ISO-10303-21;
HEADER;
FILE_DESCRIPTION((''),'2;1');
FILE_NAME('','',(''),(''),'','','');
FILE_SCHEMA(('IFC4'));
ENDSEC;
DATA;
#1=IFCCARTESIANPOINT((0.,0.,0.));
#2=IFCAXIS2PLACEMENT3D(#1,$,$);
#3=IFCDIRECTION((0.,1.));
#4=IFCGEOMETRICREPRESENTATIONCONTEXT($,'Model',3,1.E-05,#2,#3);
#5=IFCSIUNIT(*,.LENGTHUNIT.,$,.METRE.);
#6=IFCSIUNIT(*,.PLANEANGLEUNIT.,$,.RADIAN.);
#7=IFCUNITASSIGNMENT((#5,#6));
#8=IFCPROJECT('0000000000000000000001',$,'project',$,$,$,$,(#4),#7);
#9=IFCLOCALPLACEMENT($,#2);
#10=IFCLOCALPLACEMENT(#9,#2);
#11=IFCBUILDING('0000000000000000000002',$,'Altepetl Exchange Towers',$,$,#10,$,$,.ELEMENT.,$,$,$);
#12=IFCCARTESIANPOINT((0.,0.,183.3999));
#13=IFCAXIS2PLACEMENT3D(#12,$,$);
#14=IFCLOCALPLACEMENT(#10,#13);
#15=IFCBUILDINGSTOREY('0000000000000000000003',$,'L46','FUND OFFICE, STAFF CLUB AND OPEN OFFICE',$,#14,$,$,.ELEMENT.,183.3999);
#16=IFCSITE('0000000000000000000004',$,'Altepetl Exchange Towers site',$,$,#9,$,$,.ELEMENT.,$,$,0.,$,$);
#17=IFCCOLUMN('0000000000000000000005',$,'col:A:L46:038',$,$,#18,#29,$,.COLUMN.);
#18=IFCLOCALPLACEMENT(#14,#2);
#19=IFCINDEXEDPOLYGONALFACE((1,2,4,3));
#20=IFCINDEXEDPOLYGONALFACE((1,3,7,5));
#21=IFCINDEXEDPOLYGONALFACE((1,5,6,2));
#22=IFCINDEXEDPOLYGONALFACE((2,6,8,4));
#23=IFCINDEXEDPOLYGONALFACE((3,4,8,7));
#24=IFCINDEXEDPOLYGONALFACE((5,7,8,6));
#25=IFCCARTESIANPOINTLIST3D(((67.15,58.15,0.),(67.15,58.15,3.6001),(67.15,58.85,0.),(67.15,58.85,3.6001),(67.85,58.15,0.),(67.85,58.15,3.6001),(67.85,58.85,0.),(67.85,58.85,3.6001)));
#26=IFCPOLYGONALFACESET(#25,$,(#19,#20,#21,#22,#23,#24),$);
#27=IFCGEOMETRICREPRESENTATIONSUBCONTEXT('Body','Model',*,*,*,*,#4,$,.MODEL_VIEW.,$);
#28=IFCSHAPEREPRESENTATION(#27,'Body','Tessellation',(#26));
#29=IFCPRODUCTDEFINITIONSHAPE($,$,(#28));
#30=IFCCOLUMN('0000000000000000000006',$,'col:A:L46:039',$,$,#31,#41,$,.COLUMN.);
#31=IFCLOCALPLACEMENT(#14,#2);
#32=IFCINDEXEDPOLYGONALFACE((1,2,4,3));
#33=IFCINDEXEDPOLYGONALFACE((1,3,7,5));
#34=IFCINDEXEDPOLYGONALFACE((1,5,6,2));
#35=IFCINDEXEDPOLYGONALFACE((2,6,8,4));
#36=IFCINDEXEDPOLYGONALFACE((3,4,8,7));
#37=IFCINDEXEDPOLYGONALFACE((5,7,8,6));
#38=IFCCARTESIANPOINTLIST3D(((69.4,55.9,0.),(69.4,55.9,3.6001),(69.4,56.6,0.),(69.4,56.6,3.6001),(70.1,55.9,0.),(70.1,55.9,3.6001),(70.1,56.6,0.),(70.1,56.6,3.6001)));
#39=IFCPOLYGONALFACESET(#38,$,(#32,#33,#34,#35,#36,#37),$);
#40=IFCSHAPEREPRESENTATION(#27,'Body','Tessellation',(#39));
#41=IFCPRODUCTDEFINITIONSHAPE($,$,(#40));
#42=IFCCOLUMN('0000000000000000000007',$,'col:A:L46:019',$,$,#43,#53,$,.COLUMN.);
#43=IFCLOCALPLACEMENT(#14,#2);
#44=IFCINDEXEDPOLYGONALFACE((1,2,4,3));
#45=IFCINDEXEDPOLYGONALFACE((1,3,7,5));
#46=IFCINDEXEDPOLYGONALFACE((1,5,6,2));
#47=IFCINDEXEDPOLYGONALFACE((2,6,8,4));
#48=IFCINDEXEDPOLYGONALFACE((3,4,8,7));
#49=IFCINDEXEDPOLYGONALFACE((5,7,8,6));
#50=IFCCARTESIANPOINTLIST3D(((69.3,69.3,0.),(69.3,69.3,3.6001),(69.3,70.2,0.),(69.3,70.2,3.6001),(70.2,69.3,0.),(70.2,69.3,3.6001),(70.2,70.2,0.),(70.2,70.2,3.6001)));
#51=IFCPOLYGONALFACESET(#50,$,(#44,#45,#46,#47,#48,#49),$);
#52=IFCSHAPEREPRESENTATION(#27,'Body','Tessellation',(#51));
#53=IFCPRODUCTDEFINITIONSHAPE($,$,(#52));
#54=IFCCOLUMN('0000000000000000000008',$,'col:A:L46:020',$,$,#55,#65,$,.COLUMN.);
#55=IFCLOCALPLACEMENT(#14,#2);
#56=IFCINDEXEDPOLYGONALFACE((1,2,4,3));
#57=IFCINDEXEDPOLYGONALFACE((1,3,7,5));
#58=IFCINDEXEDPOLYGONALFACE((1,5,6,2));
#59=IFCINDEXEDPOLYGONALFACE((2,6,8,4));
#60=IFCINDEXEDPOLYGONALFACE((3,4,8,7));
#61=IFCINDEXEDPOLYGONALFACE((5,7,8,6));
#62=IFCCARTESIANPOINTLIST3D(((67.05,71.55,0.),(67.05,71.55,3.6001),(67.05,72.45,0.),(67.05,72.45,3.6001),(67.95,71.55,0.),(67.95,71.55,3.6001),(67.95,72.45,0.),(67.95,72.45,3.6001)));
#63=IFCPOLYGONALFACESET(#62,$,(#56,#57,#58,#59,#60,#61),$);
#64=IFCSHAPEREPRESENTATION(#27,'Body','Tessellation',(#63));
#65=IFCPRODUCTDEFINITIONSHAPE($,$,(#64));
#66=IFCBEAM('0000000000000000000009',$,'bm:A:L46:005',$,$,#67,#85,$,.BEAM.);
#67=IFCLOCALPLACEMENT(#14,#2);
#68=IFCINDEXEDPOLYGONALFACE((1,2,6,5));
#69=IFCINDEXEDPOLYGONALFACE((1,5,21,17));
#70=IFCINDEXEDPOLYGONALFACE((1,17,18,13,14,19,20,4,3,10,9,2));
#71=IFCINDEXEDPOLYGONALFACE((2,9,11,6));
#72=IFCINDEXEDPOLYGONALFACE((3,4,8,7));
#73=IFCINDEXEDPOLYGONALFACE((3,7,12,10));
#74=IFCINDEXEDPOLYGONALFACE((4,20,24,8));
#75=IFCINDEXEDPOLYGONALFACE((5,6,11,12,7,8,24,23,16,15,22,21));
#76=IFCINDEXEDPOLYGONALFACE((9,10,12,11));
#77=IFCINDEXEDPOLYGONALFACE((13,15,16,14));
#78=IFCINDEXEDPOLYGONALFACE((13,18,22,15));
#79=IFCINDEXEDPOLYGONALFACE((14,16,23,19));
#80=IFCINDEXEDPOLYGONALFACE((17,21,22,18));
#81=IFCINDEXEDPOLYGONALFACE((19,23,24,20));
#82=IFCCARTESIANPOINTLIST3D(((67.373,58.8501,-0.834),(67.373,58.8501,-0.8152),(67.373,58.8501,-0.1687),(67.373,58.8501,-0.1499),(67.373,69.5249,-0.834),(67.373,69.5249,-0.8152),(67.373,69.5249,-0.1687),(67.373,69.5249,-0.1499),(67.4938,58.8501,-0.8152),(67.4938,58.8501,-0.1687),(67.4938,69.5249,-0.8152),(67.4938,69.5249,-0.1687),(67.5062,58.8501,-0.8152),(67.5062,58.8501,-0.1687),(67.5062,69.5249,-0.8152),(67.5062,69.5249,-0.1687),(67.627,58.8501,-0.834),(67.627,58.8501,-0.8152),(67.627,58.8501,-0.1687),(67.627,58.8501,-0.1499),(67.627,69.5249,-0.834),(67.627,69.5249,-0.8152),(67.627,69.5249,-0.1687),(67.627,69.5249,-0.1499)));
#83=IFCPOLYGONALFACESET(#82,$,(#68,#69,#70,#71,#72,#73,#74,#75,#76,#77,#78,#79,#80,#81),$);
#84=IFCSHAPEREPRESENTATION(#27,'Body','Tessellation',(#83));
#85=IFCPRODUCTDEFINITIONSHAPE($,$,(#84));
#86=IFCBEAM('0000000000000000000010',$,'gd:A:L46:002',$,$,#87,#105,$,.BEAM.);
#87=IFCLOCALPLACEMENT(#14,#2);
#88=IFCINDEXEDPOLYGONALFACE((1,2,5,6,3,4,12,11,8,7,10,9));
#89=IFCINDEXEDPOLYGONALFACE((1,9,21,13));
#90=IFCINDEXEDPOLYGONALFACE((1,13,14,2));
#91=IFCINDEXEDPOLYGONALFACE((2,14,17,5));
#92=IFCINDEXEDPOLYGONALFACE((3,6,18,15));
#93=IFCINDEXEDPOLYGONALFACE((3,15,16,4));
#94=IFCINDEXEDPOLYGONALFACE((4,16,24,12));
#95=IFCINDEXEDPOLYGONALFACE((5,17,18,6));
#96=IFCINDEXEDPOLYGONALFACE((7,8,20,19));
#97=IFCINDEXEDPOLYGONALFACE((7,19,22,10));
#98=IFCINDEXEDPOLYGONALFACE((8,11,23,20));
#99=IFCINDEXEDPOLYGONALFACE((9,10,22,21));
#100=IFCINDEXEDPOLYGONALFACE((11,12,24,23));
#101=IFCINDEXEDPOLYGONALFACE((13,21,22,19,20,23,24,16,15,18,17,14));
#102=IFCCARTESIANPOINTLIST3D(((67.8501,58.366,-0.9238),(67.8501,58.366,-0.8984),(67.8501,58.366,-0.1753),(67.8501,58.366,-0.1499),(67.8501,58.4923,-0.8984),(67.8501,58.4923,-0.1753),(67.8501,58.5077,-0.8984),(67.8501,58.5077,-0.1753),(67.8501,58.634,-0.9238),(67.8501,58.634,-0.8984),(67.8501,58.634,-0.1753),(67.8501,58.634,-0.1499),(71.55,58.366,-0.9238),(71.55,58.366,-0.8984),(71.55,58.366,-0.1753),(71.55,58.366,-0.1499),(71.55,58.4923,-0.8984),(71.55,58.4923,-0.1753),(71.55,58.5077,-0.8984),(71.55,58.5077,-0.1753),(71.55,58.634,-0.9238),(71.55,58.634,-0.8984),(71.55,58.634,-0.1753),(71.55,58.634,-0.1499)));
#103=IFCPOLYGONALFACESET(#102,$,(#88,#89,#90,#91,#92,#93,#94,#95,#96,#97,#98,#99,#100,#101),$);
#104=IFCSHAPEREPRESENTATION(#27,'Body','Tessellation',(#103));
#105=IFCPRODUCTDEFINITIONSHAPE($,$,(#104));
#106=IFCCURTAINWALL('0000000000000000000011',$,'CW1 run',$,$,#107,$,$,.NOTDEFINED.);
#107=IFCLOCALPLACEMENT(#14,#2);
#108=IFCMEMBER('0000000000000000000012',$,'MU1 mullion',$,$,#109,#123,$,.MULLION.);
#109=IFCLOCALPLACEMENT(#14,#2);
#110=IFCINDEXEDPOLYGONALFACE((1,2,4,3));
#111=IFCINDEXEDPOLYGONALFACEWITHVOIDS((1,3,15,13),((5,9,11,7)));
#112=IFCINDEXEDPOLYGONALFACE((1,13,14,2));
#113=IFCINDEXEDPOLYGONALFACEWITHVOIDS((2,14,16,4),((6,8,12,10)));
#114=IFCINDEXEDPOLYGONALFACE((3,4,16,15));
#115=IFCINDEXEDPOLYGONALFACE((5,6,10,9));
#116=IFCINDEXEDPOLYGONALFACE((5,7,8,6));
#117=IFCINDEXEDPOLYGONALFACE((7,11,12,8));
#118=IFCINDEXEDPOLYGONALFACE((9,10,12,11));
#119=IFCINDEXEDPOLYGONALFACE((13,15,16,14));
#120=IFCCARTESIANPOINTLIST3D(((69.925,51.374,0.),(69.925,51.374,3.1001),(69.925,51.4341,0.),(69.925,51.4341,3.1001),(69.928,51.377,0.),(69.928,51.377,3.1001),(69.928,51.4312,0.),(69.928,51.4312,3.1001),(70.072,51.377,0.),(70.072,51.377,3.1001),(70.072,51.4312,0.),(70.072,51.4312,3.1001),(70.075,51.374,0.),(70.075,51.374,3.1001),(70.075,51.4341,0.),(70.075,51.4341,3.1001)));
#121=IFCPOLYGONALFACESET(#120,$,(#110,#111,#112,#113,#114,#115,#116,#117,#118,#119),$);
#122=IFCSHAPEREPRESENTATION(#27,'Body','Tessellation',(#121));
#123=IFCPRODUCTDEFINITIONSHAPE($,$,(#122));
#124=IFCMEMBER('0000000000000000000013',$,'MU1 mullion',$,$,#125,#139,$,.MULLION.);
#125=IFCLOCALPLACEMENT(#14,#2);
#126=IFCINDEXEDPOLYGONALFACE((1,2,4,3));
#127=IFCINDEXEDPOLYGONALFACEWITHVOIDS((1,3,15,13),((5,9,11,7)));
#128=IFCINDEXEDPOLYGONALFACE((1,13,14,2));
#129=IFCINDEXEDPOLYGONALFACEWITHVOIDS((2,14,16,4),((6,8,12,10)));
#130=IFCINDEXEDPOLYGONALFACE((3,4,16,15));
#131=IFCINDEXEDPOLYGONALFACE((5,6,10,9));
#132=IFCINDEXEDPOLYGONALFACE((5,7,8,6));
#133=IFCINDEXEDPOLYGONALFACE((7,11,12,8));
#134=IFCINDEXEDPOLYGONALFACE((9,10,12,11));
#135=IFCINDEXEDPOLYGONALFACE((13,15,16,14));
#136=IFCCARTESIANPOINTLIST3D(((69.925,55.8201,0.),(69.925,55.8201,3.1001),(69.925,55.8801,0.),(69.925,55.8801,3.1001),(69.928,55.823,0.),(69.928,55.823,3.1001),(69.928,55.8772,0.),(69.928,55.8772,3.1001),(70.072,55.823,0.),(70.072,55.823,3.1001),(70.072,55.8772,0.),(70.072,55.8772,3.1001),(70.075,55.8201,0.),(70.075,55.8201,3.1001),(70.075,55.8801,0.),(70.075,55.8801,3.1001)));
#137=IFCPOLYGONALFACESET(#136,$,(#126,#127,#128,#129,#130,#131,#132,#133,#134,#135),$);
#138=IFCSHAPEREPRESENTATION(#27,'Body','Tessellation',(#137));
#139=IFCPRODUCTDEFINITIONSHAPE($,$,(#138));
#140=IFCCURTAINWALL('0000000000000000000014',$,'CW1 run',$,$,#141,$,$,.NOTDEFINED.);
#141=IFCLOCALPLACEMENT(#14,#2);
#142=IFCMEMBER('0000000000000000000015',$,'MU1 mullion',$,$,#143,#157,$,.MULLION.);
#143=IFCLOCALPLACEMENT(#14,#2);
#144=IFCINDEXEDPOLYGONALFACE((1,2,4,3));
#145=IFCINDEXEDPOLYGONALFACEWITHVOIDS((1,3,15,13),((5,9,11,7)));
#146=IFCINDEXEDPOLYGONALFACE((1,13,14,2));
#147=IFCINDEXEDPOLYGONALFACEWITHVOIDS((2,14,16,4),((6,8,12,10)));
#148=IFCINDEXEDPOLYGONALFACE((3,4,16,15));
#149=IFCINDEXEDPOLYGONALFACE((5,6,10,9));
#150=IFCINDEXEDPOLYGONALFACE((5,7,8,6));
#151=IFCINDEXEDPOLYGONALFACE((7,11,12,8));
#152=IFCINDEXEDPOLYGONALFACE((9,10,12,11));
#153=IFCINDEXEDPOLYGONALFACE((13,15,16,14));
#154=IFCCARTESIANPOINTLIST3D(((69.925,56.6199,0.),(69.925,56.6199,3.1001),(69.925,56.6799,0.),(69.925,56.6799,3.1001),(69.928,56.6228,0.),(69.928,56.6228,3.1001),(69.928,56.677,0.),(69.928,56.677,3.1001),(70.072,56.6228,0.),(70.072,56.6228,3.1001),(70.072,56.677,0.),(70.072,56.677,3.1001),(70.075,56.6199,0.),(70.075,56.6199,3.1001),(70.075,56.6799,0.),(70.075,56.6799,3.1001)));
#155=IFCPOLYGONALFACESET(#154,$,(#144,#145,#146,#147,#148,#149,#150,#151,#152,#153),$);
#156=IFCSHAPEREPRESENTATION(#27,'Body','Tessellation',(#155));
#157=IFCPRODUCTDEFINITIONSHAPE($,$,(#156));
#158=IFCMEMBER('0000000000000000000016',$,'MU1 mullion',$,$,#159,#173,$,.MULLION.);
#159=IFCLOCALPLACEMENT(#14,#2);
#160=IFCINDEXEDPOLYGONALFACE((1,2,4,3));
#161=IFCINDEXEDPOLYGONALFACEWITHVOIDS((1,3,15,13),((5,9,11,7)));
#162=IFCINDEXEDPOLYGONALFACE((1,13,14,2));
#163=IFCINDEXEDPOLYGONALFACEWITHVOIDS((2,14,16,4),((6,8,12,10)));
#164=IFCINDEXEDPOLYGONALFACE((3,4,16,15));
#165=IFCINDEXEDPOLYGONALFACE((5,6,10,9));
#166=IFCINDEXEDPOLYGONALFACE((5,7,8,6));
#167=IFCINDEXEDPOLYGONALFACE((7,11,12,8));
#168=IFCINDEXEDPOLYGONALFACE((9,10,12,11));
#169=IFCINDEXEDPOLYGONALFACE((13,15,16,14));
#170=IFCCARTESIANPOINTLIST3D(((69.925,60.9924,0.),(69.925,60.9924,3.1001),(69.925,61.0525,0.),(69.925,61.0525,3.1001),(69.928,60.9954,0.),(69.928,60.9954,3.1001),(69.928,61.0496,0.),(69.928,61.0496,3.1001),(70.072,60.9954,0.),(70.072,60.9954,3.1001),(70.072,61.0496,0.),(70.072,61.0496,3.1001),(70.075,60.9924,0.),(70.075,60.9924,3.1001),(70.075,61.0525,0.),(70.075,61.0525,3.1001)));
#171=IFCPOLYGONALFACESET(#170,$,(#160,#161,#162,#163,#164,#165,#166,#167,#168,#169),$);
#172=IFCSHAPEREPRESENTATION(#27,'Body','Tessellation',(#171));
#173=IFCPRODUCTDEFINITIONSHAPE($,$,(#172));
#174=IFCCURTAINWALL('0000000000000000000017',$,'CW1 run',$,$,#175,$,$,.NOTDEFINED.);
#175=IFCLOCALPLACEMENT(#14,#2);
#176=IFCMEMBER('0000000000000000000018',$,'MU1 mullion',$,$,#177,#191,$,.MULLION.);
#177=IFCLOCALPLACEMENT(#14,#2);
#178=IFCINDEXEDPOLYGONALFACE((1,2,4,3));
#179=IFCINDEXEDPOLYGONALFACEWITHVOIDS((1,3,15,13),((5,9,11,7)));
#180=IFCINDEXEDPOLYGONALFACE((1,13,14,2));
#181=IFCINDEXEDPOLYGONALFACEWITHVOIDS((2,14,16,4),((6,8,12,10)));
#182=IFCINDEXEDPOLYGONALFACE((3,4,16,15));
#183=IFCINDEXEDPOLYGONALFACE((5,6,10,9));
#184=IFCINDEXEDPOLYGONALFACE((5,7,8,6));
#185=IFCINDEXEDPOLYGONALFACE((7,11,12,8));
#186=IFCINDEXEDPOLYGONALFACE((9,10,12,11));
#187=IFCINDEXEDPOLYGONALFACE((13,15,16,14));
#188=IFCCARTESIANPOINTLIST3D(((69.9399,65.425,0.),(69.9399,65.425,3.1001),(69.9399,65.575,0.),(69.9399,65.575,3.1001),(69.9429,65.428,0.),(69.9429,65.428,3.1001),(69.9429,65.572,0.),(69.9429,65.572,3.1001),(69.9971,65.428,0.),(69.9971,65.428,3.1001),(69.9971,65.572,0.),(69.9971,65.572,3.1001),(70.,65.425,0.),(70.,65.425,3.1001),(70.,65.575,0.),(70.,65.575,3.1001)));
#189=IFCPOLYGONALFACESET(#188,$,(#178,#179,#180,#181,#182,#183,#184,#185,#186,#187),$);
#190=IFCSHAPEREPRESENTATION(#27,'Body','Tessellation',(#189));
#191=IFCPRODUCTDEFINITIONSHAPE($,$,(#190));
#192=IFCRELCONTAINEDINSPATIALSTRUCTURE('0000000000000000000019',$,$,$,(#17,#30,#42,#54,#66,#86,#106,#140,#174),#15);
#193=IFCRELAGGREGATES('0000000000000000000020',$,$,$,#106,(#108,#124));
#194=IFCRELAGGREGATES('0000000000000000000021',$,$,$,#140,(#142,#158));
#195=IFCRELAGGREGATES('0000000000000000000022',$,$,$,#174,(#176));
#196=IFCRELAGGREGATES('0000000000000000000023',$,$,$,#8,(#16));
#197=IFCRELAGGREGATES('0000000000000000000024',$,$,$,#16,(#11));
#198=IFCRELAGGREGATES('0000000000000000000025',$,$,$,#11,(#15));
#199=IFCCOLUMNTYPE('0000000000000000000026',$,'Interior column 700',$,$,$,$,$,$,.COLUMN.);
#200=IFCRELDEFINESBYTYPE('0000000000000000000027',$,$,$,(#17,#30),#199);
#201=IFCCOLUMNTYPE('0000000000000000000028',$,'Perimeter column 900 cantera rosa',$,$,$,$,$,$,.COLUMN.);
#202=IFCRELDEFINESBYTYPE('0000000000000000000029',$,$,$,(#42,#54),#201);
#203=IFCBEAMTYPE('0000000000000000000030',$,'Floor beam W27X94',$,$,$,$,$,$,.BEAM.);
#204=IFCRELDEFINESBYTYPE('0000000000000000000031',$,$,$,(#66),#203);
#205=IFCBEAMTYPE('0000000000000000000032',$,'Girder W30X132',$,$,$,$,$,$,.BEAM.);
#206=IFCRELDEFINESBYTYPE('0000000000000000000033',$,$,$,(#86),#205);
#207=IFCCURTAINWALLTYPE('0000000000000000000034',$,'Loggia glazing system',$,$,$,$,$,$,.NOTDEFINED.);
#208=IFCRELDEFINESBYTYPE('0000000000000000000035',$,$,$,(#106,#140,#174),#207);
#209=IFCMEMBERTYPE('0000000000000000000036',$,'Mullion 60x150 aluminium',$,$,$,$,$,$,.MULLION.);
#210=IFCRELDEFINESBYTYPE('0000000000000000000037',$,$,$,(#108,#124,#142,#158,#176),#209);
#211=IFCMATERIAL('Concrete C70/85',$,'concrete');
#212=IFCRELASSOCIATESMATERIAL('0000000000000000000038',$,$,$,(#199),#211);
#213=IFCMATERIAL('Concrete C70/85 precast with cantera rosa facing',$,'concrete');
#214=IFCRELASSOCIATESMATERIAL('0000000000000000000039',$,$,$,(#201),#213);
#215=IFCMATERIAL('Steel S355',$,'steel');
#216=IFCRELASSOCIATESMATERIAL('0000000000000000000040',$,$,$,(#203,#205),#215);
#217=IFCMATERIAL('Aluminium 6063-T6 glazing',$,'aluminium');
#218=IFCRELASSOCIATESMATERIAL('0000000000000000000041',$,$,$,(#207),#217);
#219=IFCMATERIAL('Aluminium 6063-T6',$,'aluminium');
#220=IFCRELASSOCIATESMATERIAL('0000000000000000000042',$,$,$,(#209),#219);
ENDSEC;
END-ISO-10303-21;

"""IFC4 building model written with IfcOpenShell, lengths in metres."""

from ifc_helpers import new_model, si_unit, direction, frame, origin, origin_2d, place, context, subcontext, project, spatial, rectangle, hollow_rectangle, i_section, extrude, material, material_profile, profile_set, type_object, element, aggregate, save


model = new_model("IFC4")

# Units and contexts
model_context = context("Model", 3, precision=1e-05, world=origin(), true_north=direction((0.0, 1.0)))
body_context = subcontext(model_context, "Body", "Model", "MODEL_VIEW")
ifc_project = project(units=[si_unit("LENGTHUNIT", "METRE"), si_unit("PLANEANGLEUNIT", "RADIAN")], contexts=[model_context])

# Site, building, storey
site_placement = place(None, origin())
site = spatial("IfcSite", under=ifc_project, at=site_placement, Name="Altepetl Exchange Towers site", CompositionType="ELEMENT", RefElevation=0.0)
building_placement = place(site_placement, origin())
building = spatial("IfcBuilding", under=site, at=building_placement, Name="Altepetl Exchange Towers", CompositionType="ELEMENT")
storey_placement = place(building_placement, frame((0.0, 0.0, 183.3999)))
storey = spatial("IfcBuildingStorey", under=building, at=storey_placement, Name="L46", Description="FUND OFFICE, STAFF CLUB AND OPEN OFFICE", CompositionType="ELEMENT", Elevation=183.3999)

# Columns
ifc_material_1 = material(Name="Concrete C70/85", Category="concrete")
ifc_material_profile_1 = material_profile(ifc_material_1, rectangle(XDim=0.7, YDim=0.7, at=origin_2d()), Name="700 x 700")
ifc_profile_set_1 = profile_set([ifc_material_profile_1], Name="Concrete C70/85")
column_type_1 = type_object("IfcColumnType", Name="Interior column 700", PredefinedType="COLUMN", material=ifc_profile_set_1)
for number, where, name in (
    (1, (67.5, 58.5, 0.0), "col:A:L46:038"),
    (2, (69.75, 56.25, 0.0), "col:A:L46:039"),
):
    element("IfcColumn", number, at=place(storey_placement, frame(where)), inside=storey, type_object=column_type_1, Name=name, PredefinedType="COLUMN", context=body_context, shape_type="SweptSolid", body=[
        extrude(rectangle(XDim=0.7, YDim=0.7, at=origin_2d()), origin(), (0.0, 0.0, 1.0), 3.6001),
    ])
ifc_material_2 = material(Name="Concrete C70/85 precast with cantera rosa facing", Category="concrete")
ifc_material_profile_2 = material_profile(ifc_material_2, rectangle(XDim=0.8999, YDim=0.8999, at=origin_2d()), Name="900 x 900")
ifc_profile_set_2 = profile_set([ifc_material_profile_2], Name="Concrete C70/85 precast with cantera rosa facing")
column_type_2 = type_object("IfcColumnType", Name="Perimeter column 900 cantera rosa", PredefinedType="COLUMN", material=ifc_profile_set_2)
for number, where, name in (
    (3, (69.75, 69.75, 0.0), "col:A:L46:019"),
    (4, (67.5, 72.0, 0.0), "col:A:L46:020"),
):
    element("IfcColumn", number, at=place(storey_placement, frame(where)), inside=storey, type_object=column_type_2, Name=name, PredefinedType="COLUMN", context=body_context, shape_type="SweptSolid", body=[
        extrude(rectangle(XDim=0.8999, YDim=0.8999, at=origin_2d()), origin(), (0.0, 0.0, 1.0), 3.6001),
    ])

# Beams
ifc_material_3 = material(Name="Steel S355", Category="steel")
ifc_material_profile_3 = material_profile(ifc_material_3, i_section(OverallWidth=0.2539, OverallDepth=0.6841, WebThickness=0.0125, FlangeThickness=0.0188, at=origin_2d()), Name="W27X94")
ifc_profile_set_3 = profile_set([ifc_material_profile_3], Name="Steel S355")
beam_type_1 = type_object("IfcBeamType", Name="Floor beam W27X94", PredefinedType="BEAM", material=ifc_profile_set_3)
beam_1_placement = place(storey_placement, frame((67.5, 58.8501, -0.4919), z_axis=(0.0, 1.0, 0.0), x_axis=(-1.0, 0.0, 0.0)))
element("IfcBeam", 5, at=beam_1_placement, inside=storey, type_object=beam_type_1, Name="bm:A:L46:005", PredefinedType="BEAM", context=body_context, shape_type="SweptSolid", body=[
    extrude(i_section(OverallWidth=0.2539, OverallDepth=0.6841, WebThickness=0.0125, FlangeThickness=0.0188, at=origin_2d()), origin(), (0.0, 0.0, 1.0), 10.6748),
])
ifc_material_profile_4 = material_profile(ifc_material_3, i_section(OverallWidth=0.2681, OverallDepth=0.7739, WebThickness=0.0154, FlangeThickness=0.0254, at=origin_2d()), Name="W30X132")
ifc_profile_set_4 = profile_set([ifc_material_profile_4], Name="Steel S355")
beam_type_2 = type_object("IfcBeamType", Name="Girder W30X132", PredefinedType="BEAM", material=ifc_profile_set_4)
beam_2_placement = place(storey_placement, frame((67.8501, 58.5, -0.5369), z_axis=(1.0, 0.0, 0.0), x_axis=(0.0, 1.0, 0.0)))
element("IfcBeam", 6, at=beam_2_placement, inside=storey, type_object=beam_type_2, Name="gd:A:L46:002", PredefinedType="BEAM", context=body_context, shape_type="SweptSolid", body=[
    extrude(i_section(OverallWidth=0.2681, OverallDepth=0.7739, WebThickness=0.0154, FlangeThickness=0.0254, at=origin_2d()), origin(), (0.0, 0.0, 1.0), 3.7),
])

# Curtain walls, members
ifc_material_4 = material(Name="Aluminium 6063-T6 glazing", Category="aluminium")
curtain_wall_type = type_object("IfcCurtainWallType", Name="Loggia glazing system", PredefinedType="NOTDEFINED", material=ifc_material_4)
curtain_wall_1_placement = place(storey_placement, origin())
curtain_wall_1 = element("IfcCurtainWall", 7, at=curtain_wall_1_placement, inside=storey, type_object=curtain_wall_type, Name="CW1 run", PredefinedType="NOTDEFINED")
ifc_material_5 = material(Name="Aluminium 6063-T6", Category="aluminium")
ifc_material_profile_5 = material_profile(ifc_material_5, hollow_rectangle(XDim=0.0601, YDim=0.1499, WallThickness=0.0029, at=origin_2d()), Name="Mullion 60x150 aluminium")
ifc_profile_set_5 = profile_set([ifc_material_profile_5], Name="Aluminium 6063-T6")
member_type = type_object("IfcMemberType", Name="Mullion 60x150 aluminium", PredefinedType="MULLION", material=ifc_profile_set_5)
member_1_placement = place(storey_placement, frame((70.0, 51.4041, 0.0), z_axis=(0.0, 0.0, 1.0), x_axis=(0.0, 1.0, 0.0)))
member_1 = element("IfcMember", 8, at=member_1_placement, type_object=member_type, Name="MU1 mullion", PredefinedType="MULLION", context=body_context, shape_type="SweptSolid", body=[
    extrude(hollow_rectangle(XDim=0.0601, YDim=0.1499, WallThickness=0.0029, at=origin_2d()), origin(), (0.0, 0.0, 1.0), 3.1001),
])
member_2_placement = place(storey_placement, frame((70.0, 55.8501, 0.0), z_axis=(0.0, 0.0, 1.0), x_axis=(0.0, 1.0, 0.0)))
member_2 = element("IfcMember", 9, at=member_2_placement, type_object=member_type, Name="MU1 mullion", PredefinedType="MULLION", context=body_context, shape_type="SweptSolid", body=[
    extrude(hollow_rectangle(XDim=0.0601, YDim=0.1499, WallThickness=0.0029, at=origin_2d()), origin(), (0.0, 0.0, 1.0), 3.1001),
])
curtain_wall_2_placement = place(storey_placement, origin())
curtain_wall_2 = element("IfcCurtainWall", 10, at=curtain_wall_2_placement, inside=storey, type_object=curtain_wall_type, Name="CW1 run", PredefinedType="NOTDEFINED")
member_3_placement = place(storey_placement, frame((70.0, 56.6499, 0.0), z_axis=(0.0, 0.0, 1.0), x_axis=(0.0, 1.0, 0.0)))
member_3 = element("IfcMember", 11, at=member_3_placement, type_object=member_type, Name="MU1 mullion", PredefinedType="MULLION", context=body_context, shape_type="SweptSolid", body=[
    extrude(hollow_rectangle(XDim=0.0601, YDim=0.1499, WallThickness=0.0029, at=origin_2d()), origin(), (0.0, 0.0, 1.0), 3.1001),
])
member_4_placement = place(storey_placement, frame((70.0, 61.0225, 0.0), z_axis=(0.0, 0.0, 1.0), x_axis=(0.0, 1.0, 0.0)))
member_4 = element("IfcMember", 12, at=member_4_placement, type_object=member_type, Name="MU1 mullion", PredefinedType="MULLION", context=body_context, shape_type="SweptSolid", body=[
    extrude(hollow_rectangle(XDim=0.0601, YDim=0.1499, WallThickness=0.0029, at=origin_2d()), origin(), (0.0, 0.0, 1.0), 3.1001),
])
curtain_wall_3_placement = place(storey_placement, origin())
curtain_wall_3 = element("IfcCurtainWall", 13, at=curtain_wall_3_placement, inside=storey, type_object=curtain_wall_type, Name="CW1 run", PredefinedType="NOTDEFINED")
member_5_placement = place(storey_placement, frame((69.97, 65.5, 0.0), z_axis=(0.0, 0.0, 1.0), x_axis=(-1.0, 0.0, 0.0)))
member_5 = element("IfcMember", 14, at=member_5_placement, type_object=member_type, Name="MU1 mullion", PredefinedType="MULLION", context=body_context, shape_type="SweptSolid", body=[
    extrude(hollow_rectangle(XDim=0.0601, YDim=0.1499, WallThickness=0.0029, at=origin_2d()), origin(), (0.0, 0.0, 1.0), 3.1001),
])

aggregate(curtain_wall_1, [member_1, member_2])
aggregate(curtain_wall_2, [member_3, member_4])
aggregate(curtain_wall_3, [member_5])

save(model, "model.ifc")
